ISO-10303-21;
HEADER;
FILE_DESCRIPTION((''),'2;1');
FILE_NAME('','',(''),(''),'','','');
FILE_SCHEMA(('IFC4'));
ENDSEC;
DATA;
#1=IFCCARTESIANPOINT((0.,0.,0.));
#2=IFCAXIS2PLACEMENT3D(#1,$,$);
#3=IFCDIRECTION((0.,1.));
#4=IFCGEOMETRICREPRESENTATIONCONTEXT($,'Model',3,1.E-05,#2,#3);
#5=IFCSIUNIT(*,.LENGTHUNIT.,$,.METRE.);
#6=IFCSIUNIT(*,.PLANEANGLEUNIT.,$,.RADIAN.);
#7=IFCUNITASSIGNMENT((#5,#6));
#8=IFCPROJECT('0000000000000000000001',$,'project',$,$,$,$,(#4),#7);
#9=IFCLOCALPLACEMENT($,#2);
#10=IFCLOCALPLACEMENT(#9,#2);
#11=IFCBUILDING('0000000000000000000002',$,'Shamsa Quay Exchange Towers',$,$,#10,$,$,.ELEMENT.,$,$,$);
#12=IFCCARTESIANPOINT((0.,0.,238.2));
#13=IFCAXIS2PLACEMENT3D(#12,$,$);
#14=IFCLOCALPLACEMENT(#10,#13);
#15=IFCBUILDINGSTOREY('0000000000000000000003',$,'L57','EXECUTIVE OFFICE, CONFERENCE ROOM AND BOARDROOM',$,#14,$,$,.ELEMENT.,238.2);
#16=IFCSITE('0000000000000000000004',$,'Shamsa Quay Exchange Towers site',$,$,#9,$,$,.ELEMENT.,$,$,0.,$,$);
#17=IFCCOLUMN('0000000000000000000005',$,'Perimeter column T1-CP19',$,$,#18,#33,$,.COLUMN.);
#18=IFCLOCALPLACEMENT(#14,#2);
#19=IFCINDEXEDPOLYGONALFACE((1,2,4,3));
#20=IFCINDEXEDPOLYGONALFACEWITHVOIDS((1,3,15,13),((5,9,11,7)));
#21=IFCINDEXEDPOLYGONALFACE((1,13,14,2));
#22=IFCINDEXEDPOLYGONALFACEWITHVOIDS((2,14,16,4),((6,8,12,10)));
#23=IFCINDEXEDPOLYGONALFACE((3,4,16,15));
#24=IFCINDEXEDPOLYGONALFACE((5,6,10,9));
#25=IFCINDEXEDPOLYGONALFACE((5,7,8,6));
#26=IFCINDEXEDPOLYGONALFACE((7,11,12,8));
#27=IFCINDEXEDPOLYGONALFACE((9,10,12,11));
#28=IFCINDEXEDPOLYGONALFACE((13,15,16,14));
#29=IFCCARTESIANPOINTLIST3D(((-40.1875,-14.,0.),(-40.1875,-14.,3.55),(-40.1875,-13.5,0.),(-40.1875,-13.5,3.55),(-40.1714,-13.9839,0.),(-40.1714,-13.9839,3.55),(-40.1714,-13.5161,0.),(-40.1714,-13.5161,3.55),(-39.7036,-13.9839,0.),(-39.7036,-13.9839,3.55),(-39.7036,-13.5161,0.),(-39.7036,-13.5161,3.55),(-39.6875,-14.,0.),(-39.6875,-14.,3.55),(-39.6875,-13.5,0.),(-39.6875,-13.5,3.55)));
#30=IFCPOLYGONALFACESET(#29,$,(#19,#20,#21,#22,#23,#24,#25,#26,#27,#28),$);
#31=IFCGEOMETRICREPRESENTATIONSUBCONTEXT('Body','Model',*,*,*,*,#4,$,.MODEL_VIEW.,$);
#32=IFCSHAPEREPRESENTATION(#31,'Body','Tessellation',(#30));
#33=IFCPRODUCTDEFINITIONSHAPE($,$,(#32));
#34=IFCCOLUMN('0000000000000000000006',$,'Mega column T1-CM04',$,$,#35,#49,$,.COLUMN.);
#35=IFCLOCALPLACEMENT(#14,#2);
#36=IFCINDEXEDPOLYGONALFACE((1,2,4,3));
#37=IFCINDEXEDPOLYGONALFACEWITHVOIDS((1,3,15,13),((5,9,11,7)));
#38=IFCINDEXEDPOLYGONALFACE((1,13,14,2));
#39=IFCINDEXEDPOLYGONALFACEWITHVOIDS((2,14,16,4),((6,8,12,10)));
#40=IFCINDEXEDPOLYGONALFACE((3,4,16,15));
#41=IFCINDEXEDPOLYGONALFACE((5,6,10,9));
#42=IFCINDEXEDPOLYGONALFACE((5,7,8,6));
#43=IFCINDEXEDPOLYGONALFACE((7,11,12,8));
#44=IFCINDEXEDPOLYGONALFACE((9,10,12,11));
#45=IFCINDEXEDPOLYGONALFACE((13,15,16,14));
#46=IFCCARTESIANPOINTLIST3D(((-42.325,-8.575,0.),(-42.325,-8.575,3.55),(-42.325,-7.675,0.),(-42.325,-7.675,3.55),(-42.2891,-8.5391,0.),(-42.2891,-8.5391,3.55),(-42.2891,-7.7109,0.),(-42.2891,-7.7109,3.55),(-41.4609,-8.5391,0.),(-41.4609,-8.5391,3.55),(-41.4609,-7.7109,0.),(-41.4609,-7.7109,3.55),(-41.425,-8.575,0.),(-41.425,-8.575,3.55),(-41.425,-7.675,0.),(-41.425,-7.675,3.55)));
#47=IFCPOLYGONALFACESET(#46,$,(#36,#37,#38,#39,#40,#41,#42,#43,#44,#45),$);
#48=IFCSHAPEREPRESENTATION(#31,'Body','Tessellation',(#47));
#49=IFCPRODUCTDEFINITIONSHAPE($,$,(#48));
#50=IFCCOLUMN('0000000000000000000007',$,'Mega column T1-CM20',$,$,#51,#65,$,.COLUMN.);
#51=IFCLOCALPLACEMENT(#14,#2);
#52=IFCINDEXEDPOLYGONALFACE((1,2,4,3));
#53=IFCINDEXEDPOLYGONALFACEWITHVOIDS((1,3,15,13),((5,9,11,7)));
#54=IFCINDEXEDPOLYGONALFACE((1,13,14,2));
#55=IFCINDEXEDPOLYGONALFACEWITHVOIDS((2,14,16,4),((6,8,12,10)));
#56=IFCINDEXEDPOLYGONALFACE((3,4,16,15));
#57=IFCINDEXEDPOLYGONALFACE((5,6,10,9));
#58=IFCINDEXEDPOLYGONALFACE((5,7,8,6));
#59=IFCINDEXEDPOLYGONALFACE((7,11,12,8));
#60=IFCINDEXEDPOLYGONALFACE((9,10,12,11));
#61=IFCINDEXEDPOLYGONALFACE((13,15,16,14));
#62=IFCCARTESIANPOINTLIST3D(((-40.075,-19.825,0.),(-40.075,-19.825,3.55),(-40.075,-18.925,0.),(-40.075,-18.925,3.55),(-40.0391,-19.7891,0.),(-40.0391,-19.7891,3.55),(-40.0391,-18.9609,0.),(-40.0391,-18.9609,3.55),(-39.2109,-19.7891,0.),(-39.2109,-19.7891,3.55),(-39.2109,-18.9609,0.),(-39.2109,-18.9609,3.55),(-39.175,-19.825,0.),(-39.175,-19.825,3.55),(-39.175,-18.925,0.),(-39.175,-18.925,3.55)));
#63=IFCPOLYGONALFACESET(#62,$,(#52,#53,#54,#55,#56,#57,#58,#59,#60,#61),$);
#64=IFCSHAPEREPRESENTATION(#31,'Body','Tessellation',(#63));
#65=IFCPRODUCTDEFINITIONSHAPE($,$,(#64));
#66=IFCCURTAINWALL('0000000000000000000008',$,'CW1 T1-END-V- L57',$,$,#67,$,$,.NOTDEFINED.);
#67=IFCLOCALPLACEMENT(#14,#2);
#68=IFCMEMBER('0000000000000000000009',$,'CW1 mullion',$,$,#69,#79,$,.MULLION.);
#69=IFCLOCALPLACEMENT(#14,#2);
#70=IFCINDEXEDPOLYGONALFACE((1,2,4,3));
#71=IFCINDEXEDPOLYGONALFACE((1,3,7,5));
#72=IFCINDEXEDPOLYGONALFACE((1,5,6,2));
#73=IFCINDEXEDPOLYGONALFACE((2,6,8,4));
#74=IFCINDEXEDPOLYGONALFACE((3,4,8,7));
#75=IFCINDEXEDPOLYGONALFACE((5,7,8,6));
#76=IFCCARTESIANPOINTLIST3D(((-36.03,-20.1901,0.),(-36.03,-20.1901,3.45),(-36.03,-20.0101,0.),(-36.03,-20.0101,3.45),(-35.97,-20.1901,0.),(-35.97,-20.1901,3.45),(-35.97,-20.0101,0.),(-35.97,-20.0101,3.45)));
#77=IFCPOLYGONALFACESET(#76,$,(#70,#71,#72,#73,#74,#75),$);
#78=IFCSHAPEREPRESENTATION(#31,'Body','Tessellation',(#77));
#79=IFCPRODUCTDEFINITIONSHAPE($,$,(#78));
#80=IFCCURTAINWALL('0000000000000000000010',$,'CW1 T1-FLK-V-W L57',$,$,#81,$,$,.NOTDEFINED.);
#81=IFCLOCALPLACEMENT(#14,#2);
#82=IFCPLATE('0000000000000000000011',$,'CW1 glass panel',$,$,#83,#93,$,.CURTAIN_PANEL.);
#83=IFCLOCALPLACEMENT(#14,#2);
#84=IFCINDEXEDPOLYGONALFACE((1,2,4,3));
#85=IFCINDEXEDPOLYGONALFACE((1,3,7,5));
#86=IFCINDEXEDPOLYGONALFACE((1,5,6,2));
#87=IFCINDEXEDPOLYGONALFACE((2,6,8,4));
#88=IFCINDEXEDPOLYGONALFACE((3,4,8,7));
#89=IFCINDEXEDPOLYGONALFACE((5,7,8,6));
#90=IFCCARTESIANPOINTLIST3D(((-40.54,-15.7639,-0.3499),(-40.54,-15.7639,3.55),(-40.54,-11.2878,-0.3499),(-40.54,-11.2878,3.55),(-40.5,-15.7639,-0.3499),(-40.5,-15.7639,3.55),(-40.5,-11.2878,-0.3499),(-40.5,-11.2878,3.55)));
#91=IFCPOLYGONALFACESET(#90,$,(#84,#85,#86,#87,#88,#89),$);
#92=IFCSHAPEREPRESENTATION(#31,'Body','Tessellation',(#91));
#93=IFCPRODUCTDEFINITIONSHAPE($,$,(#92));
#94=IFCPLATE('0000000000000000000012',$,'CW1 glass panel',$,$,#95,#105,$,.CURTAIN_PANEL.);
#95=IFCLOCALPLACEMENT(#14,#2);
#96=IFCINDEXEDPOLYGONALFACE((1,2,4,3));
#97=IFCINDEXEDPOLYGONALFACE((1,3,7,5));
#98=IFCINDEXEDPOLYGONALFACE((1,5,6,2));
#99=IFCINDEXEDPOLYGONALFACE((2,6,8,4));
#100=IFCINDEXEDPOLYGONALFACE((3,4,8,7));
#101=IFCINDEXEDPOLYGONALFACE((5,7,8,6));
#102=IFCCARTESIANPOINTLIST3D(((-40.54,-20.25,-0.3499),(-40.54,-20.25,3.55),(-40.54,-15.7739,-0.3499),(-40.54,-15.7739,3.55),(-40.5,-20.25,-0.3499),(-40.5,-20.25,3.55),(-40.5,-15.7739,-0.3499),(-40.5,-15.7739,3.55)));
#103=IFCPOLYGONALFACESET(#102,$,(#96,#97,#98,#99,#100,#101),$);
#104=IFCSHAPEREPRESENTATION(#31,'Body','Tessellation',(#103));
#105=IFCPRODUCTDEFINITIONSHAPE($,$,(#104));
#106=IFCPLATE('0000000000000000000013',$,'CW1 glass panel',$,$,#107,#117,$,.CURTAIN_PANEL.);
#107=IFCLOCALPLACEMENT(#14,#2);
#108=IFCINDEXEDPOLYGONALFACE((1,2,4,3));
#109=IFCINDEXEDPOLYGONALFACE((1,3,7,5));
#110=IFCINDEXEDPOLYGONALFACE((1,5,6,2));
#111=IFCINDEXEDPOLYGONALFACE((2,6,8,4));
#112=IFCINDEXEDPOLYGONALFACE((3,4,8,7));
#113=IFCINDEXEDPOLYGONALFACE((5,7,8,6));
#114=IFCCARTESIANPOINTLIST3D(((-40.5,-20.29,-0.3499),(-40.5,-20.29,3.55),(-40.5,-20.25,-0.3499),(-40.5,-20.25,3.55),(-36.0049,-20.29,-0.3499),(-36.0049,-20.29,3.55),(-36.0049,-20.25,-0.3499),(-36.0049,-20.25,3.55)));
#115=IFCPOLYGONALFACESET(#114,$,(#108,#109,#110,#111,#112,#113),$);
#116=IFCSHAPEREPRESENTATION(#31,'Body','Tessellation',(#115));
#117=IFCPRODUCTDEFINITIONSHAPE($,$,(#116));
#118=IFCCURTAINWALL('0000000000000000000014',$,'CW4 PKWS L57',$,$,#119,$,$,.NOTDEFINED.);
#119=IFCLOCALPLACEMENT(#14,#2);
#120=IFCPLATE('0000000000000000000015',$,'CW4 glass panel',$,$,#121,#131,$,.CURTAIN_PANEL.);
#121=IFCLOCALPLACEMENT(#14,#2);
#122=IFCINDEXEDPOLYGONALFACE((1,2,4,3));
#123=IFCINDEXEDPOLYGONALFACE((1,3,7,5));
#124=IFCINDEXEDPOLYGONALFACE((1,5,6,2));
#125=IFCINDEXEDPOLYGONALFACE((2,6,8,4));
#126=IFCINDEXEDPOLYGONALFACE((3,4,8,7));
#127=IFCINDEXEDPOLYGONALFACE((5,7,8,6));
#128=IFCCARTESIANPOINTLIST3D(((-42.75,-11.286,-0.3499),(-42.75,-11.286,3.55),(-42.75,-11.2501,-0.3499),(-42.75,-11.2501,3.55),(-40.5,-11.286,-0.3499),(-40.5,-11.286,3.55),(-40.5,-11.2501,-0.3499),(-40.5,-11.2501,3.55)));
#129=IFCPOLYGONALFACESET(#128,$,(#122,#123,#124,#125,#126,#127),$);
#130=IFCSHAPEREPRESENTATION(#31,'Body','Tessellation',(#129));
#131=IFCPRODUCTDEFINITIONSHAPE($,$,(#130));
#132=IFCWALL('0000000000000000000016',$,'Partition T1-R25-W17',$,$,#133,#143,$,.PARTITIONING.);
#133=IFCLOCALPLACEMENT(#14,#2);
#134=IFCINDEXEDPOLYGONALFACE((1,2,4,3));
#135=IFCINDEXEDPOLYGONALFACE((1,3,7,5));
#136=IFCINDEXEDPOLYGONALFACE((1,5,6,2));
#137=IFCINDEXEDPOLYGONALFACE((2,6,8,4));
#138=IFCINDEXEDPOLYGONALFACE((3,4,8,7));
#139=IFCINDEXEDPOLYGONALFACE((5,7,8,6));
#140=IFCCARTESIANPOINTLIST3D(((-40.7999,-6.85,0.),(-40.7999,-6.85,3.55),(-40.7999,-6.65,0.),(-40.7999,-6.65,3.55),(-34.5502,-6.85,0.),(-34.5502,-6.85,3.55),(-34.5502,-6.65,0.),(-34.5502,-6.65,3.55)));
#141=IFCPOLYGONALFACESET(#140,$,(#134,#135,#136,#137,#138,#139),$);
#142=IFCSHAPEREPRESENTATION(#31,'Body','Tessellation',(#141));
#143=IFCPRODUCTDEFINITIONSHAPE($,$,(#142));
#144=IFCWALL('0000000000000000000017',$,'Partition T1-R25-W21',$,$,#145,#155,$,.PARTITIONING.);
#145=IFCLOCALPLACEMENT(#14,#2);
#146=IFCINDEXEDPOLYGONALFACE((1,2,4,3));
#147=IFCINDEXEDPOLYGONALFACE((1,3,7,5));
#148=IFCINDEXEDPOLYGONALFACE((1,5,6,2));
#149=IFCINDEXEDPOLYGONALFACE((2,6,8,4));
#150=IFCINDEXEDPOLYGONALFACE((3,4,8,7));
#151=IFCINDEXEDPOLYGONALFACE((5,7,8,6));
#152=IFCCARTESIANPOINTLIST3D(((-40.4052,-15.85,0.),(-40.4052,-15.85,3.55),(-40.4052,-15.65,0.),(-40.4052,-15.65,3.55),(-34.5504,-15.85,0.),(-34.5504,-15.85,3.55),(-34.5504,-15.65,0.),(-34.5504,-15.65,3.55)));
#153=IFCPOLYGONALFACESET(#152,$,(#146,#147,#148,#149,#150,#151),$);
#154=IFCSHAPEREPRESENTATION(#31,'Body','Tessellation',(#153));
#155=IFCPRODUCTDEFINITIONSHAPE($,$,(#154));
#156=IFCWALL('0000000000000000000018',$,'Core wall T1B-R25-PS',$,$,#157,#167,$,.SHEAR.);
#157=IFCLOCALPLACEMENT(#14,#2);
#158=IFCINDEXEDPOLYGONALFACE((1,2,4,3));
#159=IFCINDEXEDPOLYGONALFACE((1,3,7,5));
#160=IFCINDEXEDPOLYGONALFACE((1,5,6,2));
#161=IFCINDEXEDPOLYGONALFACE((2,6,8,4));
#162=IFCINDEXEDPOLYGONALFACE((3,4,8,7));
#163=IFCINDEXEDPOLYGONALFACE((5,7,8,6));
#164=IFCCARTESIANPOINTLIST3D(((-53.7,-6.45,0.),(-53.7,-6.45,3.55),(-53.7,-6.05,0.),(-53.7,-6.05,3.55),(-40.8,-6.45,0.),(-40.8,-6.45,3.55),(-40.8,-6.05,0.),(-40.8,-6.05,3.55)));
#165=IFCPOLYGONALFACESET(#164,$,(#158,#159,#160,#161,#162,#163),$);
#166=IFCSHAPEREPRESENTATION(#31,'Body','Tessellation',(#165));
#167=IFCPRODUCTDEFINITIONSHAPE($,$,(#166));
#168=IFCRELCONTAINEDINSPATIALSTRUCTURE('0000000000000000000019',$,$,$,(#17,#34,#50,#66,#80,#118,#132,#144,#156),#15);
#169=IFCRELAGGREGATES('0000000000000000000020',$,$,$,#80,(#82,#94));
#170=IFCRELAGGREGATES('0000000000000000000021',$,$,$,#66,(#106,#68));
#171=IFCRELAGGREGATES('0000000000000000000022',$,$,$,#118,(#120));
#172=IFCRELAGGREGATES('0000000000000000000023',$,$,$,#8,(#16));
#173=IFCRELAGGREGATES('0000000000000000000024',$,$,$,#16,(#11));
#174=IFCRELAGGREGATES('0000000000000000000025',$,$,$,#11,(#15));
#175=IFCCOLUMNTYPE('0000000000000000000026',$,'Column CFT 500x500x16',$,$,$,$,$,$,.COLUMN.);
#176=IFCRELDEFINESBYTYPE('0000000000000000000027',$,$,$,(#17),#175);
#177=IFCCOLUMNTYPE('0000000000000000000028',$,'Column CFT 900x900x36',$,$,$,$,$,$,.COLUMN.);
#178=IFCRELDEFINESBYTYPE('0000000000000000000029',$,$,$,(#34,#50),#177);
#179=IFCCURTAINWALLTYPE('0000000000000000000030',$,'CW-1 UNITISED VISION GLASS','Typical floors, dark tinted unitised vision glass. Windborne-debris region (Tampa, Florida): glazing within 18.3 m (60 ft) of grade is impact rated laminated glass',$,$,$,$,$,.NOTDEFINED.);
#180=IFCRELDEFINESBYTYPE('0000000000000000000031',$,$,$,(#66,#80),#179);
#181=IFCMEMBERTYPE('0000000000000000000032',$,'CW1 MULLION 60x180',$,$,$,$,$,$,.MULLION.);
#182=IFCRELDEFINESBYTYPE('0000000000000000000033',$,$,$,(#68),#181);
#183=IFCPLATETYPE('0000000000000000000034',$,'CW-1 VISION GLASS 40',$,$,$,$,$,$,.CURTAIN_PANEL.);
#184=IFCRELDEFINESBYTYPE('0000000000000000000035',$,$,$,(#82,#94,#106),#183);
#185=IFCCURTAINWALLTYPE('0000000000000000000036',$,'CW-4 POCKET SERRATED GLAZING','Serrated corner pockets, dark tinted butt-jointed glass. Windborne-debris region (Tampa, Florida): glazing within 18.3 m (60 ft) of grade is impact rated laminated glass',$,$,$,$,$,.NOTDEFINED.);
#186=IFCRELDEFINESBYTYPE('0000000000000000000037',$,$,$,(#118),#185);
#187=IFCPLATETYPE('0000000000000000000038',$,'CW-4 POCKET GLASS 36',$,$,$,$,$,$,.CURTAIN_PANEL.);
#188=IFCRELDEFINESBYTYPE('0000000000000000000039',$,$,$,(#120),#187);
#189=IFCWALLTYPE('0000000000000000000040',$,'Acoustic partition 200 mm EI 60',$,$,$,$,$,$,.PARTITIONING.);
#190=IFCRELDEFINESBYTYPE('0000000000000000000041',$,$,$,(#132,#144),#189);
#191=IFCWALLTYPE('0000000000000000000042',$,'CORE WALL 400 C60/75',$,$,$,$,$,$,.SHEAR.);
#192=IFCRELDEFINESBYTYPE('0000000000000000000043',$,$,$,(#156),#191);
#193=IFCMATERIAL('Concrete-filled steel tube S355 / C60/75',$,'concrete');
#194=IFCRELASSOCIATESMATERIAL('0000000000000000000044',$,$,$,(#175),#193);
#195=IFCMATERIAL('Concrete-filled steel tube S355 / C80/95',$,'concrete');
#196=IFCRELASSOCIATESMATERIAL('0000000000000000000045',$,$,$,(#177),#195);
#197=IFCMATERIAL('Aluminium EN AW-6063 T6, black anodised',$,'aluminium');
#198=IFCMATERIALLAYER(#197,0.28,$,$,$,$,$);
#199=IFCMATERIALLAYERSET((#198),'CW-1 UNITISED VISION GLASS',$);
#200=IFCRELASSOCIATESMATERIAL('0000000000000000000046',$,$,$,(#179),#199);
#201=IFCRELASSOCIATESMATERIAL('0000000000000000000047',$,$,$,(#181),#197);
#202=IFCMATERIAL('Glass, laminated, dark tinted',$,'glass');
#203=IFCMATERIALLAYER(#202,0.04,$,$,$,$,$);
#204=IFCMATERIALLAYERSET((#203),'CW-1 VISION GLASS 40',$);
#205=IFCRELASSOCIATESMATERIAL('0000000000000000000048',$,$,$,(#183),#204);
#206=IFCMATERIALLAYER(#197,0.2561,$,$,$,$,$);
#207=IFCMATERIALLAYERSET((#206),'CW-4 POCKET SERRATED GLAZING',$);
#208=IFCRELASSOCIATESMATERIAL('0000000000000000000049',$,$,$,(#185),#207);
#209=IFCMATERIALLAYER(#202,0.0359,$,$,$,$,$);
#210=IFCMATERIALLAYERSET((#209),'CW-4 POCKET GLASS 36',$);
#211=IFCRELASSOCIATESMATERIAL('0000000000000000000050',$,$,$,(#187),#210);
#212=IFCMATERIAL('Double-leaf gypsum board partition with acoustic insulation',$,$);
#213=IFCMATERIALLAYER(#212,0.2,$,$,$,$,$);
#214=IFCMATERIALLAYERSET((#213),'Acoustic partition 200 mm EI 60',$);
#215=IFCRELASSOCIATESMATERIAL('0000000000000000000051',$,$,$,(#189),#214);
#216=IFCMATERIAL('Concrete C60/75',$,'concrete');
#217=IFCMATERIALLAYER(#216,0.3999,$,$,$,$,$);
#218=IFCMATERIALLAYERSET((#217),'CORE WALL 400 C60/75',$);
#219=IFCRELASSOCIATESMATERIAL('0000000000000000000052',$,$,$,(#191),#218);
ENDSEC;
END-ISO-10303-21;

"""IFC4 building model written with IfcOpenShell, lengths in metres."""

from ifc_helpers import new_model, si_unit, direction, frame, frame_2d, origin, origin_2d, place, context, subcontext, project, spatial, rectangle, hollow_rectangle, extrude, material, layer, layer_set, material_profile, profile_set, type_object, element, aggregate, save


model = new_model("IFC4")

# Units and contexts
model_context = context("Model", 3, precision=1e-05, world=origin(), true_north=direction((0.0, 1.0)))
body_context = subcontext(model_context, "Body", "Model", "MODEL_VIEW")
ifc_project = project(units=[si_unit("LENGTHUNIT", "METRE"), si_unit("PLANEANGLEUNIT", "RADIAN")], contexts=[model_context])

# Site, building, storey
site_placement = place(None, origin())
site = spatial("IfcSite", under=ifc_project, at=site_placement, Name="Shamsa Quay Exchange Towers site", CompositionType="ELEMENT", RefElevation=0.0)
building_placement = place(site_placement, origin())
building = spatial("IfcBuilding", under=site, at=building_placement, Name="Shamsa Quay Exchange Towers", CompositionType="ELEMENT")
storey_placement = place(building_placement, frame((0.0, 0.0, 238.2)))
storey = spatial("IfcBuildingStorey", under=building, at=storey_placement, Name="L57", Description="EXECUTIVE OFFICE, CONFERENCE ROOM AND BOARDROOM", CompositionType="ELEMENT", Elevation=238.2)

# Columns
ifc_material_1 = material(Name="Concrete-filled steel tube S355 / C60/75", Category="concrete")
ifc_material_profile_1 = material_profile(ifc_material_1, hollow_rectangle(XDim=0.5, YDim=0.5, WallThickness=0.0161, at=origin_2d()), Name="CFT 500x500x16")
ifc_profile_set_1 = profile_set([ifc_material_profile_1], Name="Concrete-filled steel tube S355 / C60/75")
column_type_1 = type_object("IfcColumnType", Name="Column CFT 500x500x16", PredefinedType="COLUMN", material=ifc_profile_set_1)
column_placement = place(storey_placement, frame((-39.9375, -13.75, 0.0)))
element("IfcColumn", 1, at=column_placement, inside=storey, type_object=column_type_1, Name="Perimeter column T1-CP19", PredefinedType="COLUMN", context=body_context, shape_type="SweptSolid", body=[
    extrude(hollow_rectangle(XDim=0.5, YDim=0.5, WallThickness=0.0161, at=origin_2d()), origin(), (0.0, 0.0, 1.0), 3.55),
])
ifc_material_2 = material(Name="Concrete-filled steel tube S355 / C80/95", Category="concrete")
ifc_material_profile_2 = material_profile(ifc_material_2, hollow_rectangle(XDim=0.8999, YDim=0.8999, WallThickness=0.0359, at=origin_2d()), Name="CFT 900x900x36")
ifc_profile_set_2 = profile_set([ifc_material_profile_2], Name="Concrete-filled steel tube S355 / C80/95")
column_type_2 = type_object("IfcColumnType", Name="Column CFT 900x900x36", PredefinedType="COLUMN", material=ifc_profile_set_2)
for number, where, name in (
    (2, (-41.875, -8.125, 0.0), "Mega column T1-CM04"),
    (3, (-39.625, -19.375, 0.0), "Mega column T1-CM20"),
):
    element("IfcColumn", number, at=place(storey_placement, frame(where)), inside=storey, type_object=column_type_2, Name=name, PredefinedType="COLUMN", context=body_context, shape_type="SweptSolid", body=[
        extrude(hollow_rectangle(XDim=0.8999, YDim=0.8999, WallThickness=0.0359, at=origin_2d()), origin(), (0.0, 0.0, 1.0), 3.55),
    ])

# Curtain wall, member
ifc_material_3 = material(Name="Aluminium EN AW-6063 T6, black anodised", Category="aluminium")
ifc_layer_1 = layer(ifc_material_3, 0.28)
ifc_layer_set_1 = layer_set([ifc_layer_1], Name="CW-1 UNITISED VISION GLASS")
curtain_wall_type_1 = type_object("IfcCurtainWallType", Name="CW-1 UNITISED VISION GLASS", Description="Typical floors, dark tinted unitised vision glass. Windborne-debris region (Tampa, Florida): glazing within 18.3 m (60 ft) of grade is impact rated laminated glass", PredefinedType="NOTDEFINED", material=ifc_layer_set_1)
curtain_wall_1_placement = place(storey_placement, origin())
curtain_wall_1 = element("IfcCurtainWall", 4, at=curtain_wall_1_placement, inside=storey, type_object=curtain_wall_type_1, Name="CW1 T1-END-V- L57", PredefinedType="NOTDEFINED")
ifc_material_profile_3 = material_profile(ifc_material_3, rectangle(XDim=0.1799, YDim=0.0601, at=origin_2d()), Name="MU60x180")
ifc_profile_set_3 = profile_set([ifc_material_profile_3], Name="Aluminium EN AW-6063 T6, black anodised")
member_type = type_object("IfcMemberType", Name="CW1 MULLION 60x180", PredefinedType="MULLION", material=ifc_profile_set_3)
member_placement = place(storey_placement, frame((-36.0, -20.1001, 0.0), z_axis=(0.0, 0.0, 1.0), x_axis=(0.0, 1.0, 0.0)))
member = element("IfcMember", 5, at=member_placement, type_object=member_type, Name="CW1 mullion", PredefinedType="MULLION", context=body_context, shape_type="SweptSolid", body=[
    extrude(rectangle(XDim=0.1799, YDim=0.0601, at=origin_2d()), origin(), (0.0, 0.0, 1.0), 3.45),
])

# Curtain wall, plates
curtain_wall_2_placement = place(storey_placement, origin())
curtain_wall_2 = element("IfcCurtainWall", 6, at=curtain_wall_2_placement, inside=storey, type_object=curtain_wall_type_1, Name="CW1 T1-FLK-V-W L57", PredefinedType="NOTDEFINED")
ifc_material_4 = material(Name="Glass, laminated, dark tinted", Category="glass")
ifc_layer_2 = layer(ifc_material_4, 0.04)
ifc_layer_set_2 = layer_set([ifc_layer_2], Name="CW-1 VISION GLASS 40")
plate_type_1 = type_object("IfcPlateType", Name="CW-1 VISION GLASS 40", PredefinedType="CURTAIN_PANEL", material=ifc_layer_set_2)
plate_1_placement = place(storey_placement, frame((-40.52, -13.5259, -0.3499), z_axis=(0.0, 0.0, 1.0), x_axis=(0.0, -1.0, 0.0)))
plate_1 = element("IfcPlate", 7, at=plate_1_placement, type_object=plate_type_1, Name="CW1 glass panel", PredefinedType="CURTAIN_PANEL", context=body_context, shape_type="SweptSolid", body=[
    extrude(rectangle(XDim=4.4761, YDim=0.04, at=origin_2d()), origin(), (0.0, 0.0, 1.0), 3.8999),
])
plate_2_placement = place(storey_placement, frame((-40.52, -18.012, -0.3499), z_axis=(0.0, 0.0, 1.0), x_axis=(0.0, -1.0, 0.0)))
plate_2 = element("IfcPlate", 8, at=plate_2_placement, type_object=plate_type_1, Name="CW1 glass panel", PredefinedType="CURTAIN_PANEL", context=body_context, shape_type="SweptSolid", body=[
    extrude(rectangle(XDim=4.4761, YDim=0.04, at=origin_2d()), origin(), (0.0, 0.0, 1.0), 3.8999),
])
aggregate(curtain_wall_2, [plate_1, plate_2])

# Plate
plate_3_placement = place(storey_placement, frame((-38.2524, -20.27, -0.3499)))
plate_3 = element("IfcPlate", 9, at=plate_3_placement, type_object=plate_type_1, Name="CW1 glass panel", PredefinedType="CURTAIN_PANEL", context=body_context, shape_type="SweptSolid", body=[
    extrude(rectangle(XDim=4.4951, YDim=0.04, at=origin_2d()), origin(), (0.0, 0.0, 1.0), 3.8999),
])
aggregate(curtain_wall_1, [plate_3, member])

# Curtain wall, plate
ifc_layer_3 = layer(ifc_material_3, 0.2561)
ifc_layer_set_3 = layer_set([ifc_layer_3], Name="CW-4 POCKET SERRATED GLAZING")
curtain_wall_type_2 = type_object("IfcCurtainWallType", Name="CW-4 POCKET SERRATED GLAZING", Description="Serrated corner pockets, dark tinted butt-jointed glass. Windborne-debris region (Tampa, Florida): glazing within 18.3 m (60 ft) of grade is impact rated laminated glass", PredefinedType="NOTDEFINED", material=ifc_layer_set_3)
curtain_wall_3_placement = place(storey_placement, origin())
curtain_wall_3 = element("IfcCurtainWall", 10, at=curtain_wall_3_placement, inside=storey, type_object=curtain_wall_type_2, Name="CW4 PKWS L57", PredefinedType="NOTDEFINED")
ifc_layer_4 = layer(ifc_material_4, 0.0359)
ifc_layer_set_4 = layer_set([ifc_layer_4], Name="CW-4 POCKET GLASS 36")
plate_type_2 = type_object("IfcPlateType", Name="CW-4 POCKET GLASS 36", PredefinedType="CURTAIN_PANEL", material=ifc_layer_set_4)
plate_4_placement = place(storey_placement, frame((-41.625, -11.2681, -0.3499)))
plate_4 = element("IfcPlate", 11, at=plate_4_placement, type_object=plate_type_2, Name="CW4 glass panel", PredefinedType="CURTAIN_PANEL", context=body_context, shape_type="SweptSolid", body=[
    extrude(rectangle(XDim=2.25, YDim=0.0359, at=origin_2d()), origin(), (0.0, 0.0, 1.0), 3.8999),
])
aggregate(curtain_wall_3, [plate_4])

# Walls
ifc_material_5 = material(Name="Double-leaf gypsum board partition with acoustic insulation")
ifc_layer_5 = layer(ifc_material_5, 0.2)
ifc_layer_set_5 = layer_set([ifc_layer_5], Name="Acoustic partition 200 mm EI 60")
wall_type_1 = type_object("IfcWallType", Name="Acoustic partition 200 mm EI 60", PredefinedType="PARTITIONING", material=ifc_layer_set_5)
wall_1_placement = place(storey_placement, frame((-40.8, -6.75, 0.0)))
element("IfcWall", 12, at=wall_1_placement, inside=storey, type_object=wall_type_1, Name="Partition T1-R25-W17", PredefinedType="PARTITIONING", context=body_context, shape_type="SweptSolid", body=[
    extrude(rectangle(XDim=6.2498, YDim=0.2, at=frame_2d((3.125, 0.0))), origin(), (0.0, 0.0, 1.0), 3.55),
])
wall_2_placement = place(storey_placement, frame((-40.405, -15.75, 0.0)))
element("IfcWall", 13, at=wall_2_placement, inside=storey, type_object=wall_type_1, Name="Partition T1-R25-W21", PredefinedType="PARTITIONING", context=body_context, shape_type="SweptSolid", body=[
    extrude(rectangle(XDim=5.8547, YDim=0.2, at=frame_2d((2.9272, 0.0))), origin(), (0.0, 0.0, 1.0), 3.55),
])
ifc_material_6 = material(Name="Concrete C60/75", Category="concrete")
ifc_layer_6 = layer(ifc_material_6, 0.3999)
ifc_layer_set_6 = layer_set([ifc_layer_6], Name="CORE WALL 400 C60/75")
wall_type_2 = type_object("IfcWallType", Name="CORE WALL 400 C60/75", PredefinedType="SHEAR", material=ifc_layer_set_6)
wall_3_placement = place(storey_placement, frame((-40.8, -6.25, 0.0), z_axis=(0.0, 0.0, 1.0), x_axis=(-1.0, 0.0, 0.0)))
element("IfcWall", 14, at=wall_3_placement, inside=storey, type_object=wall_type_2, Name="Core wall T1B-R25-PS", PredefinedType="SHEAR", context=body_context, shape_type="SweptSolid", body=[
    extrude(rectangle(XDim=12.8999, YDim=0.3999, at=frame_2d((6.45, 0.0))), origin(), (0.0, 0.0, 1.0), 3.55),
])

save(model, "model.ifc")
